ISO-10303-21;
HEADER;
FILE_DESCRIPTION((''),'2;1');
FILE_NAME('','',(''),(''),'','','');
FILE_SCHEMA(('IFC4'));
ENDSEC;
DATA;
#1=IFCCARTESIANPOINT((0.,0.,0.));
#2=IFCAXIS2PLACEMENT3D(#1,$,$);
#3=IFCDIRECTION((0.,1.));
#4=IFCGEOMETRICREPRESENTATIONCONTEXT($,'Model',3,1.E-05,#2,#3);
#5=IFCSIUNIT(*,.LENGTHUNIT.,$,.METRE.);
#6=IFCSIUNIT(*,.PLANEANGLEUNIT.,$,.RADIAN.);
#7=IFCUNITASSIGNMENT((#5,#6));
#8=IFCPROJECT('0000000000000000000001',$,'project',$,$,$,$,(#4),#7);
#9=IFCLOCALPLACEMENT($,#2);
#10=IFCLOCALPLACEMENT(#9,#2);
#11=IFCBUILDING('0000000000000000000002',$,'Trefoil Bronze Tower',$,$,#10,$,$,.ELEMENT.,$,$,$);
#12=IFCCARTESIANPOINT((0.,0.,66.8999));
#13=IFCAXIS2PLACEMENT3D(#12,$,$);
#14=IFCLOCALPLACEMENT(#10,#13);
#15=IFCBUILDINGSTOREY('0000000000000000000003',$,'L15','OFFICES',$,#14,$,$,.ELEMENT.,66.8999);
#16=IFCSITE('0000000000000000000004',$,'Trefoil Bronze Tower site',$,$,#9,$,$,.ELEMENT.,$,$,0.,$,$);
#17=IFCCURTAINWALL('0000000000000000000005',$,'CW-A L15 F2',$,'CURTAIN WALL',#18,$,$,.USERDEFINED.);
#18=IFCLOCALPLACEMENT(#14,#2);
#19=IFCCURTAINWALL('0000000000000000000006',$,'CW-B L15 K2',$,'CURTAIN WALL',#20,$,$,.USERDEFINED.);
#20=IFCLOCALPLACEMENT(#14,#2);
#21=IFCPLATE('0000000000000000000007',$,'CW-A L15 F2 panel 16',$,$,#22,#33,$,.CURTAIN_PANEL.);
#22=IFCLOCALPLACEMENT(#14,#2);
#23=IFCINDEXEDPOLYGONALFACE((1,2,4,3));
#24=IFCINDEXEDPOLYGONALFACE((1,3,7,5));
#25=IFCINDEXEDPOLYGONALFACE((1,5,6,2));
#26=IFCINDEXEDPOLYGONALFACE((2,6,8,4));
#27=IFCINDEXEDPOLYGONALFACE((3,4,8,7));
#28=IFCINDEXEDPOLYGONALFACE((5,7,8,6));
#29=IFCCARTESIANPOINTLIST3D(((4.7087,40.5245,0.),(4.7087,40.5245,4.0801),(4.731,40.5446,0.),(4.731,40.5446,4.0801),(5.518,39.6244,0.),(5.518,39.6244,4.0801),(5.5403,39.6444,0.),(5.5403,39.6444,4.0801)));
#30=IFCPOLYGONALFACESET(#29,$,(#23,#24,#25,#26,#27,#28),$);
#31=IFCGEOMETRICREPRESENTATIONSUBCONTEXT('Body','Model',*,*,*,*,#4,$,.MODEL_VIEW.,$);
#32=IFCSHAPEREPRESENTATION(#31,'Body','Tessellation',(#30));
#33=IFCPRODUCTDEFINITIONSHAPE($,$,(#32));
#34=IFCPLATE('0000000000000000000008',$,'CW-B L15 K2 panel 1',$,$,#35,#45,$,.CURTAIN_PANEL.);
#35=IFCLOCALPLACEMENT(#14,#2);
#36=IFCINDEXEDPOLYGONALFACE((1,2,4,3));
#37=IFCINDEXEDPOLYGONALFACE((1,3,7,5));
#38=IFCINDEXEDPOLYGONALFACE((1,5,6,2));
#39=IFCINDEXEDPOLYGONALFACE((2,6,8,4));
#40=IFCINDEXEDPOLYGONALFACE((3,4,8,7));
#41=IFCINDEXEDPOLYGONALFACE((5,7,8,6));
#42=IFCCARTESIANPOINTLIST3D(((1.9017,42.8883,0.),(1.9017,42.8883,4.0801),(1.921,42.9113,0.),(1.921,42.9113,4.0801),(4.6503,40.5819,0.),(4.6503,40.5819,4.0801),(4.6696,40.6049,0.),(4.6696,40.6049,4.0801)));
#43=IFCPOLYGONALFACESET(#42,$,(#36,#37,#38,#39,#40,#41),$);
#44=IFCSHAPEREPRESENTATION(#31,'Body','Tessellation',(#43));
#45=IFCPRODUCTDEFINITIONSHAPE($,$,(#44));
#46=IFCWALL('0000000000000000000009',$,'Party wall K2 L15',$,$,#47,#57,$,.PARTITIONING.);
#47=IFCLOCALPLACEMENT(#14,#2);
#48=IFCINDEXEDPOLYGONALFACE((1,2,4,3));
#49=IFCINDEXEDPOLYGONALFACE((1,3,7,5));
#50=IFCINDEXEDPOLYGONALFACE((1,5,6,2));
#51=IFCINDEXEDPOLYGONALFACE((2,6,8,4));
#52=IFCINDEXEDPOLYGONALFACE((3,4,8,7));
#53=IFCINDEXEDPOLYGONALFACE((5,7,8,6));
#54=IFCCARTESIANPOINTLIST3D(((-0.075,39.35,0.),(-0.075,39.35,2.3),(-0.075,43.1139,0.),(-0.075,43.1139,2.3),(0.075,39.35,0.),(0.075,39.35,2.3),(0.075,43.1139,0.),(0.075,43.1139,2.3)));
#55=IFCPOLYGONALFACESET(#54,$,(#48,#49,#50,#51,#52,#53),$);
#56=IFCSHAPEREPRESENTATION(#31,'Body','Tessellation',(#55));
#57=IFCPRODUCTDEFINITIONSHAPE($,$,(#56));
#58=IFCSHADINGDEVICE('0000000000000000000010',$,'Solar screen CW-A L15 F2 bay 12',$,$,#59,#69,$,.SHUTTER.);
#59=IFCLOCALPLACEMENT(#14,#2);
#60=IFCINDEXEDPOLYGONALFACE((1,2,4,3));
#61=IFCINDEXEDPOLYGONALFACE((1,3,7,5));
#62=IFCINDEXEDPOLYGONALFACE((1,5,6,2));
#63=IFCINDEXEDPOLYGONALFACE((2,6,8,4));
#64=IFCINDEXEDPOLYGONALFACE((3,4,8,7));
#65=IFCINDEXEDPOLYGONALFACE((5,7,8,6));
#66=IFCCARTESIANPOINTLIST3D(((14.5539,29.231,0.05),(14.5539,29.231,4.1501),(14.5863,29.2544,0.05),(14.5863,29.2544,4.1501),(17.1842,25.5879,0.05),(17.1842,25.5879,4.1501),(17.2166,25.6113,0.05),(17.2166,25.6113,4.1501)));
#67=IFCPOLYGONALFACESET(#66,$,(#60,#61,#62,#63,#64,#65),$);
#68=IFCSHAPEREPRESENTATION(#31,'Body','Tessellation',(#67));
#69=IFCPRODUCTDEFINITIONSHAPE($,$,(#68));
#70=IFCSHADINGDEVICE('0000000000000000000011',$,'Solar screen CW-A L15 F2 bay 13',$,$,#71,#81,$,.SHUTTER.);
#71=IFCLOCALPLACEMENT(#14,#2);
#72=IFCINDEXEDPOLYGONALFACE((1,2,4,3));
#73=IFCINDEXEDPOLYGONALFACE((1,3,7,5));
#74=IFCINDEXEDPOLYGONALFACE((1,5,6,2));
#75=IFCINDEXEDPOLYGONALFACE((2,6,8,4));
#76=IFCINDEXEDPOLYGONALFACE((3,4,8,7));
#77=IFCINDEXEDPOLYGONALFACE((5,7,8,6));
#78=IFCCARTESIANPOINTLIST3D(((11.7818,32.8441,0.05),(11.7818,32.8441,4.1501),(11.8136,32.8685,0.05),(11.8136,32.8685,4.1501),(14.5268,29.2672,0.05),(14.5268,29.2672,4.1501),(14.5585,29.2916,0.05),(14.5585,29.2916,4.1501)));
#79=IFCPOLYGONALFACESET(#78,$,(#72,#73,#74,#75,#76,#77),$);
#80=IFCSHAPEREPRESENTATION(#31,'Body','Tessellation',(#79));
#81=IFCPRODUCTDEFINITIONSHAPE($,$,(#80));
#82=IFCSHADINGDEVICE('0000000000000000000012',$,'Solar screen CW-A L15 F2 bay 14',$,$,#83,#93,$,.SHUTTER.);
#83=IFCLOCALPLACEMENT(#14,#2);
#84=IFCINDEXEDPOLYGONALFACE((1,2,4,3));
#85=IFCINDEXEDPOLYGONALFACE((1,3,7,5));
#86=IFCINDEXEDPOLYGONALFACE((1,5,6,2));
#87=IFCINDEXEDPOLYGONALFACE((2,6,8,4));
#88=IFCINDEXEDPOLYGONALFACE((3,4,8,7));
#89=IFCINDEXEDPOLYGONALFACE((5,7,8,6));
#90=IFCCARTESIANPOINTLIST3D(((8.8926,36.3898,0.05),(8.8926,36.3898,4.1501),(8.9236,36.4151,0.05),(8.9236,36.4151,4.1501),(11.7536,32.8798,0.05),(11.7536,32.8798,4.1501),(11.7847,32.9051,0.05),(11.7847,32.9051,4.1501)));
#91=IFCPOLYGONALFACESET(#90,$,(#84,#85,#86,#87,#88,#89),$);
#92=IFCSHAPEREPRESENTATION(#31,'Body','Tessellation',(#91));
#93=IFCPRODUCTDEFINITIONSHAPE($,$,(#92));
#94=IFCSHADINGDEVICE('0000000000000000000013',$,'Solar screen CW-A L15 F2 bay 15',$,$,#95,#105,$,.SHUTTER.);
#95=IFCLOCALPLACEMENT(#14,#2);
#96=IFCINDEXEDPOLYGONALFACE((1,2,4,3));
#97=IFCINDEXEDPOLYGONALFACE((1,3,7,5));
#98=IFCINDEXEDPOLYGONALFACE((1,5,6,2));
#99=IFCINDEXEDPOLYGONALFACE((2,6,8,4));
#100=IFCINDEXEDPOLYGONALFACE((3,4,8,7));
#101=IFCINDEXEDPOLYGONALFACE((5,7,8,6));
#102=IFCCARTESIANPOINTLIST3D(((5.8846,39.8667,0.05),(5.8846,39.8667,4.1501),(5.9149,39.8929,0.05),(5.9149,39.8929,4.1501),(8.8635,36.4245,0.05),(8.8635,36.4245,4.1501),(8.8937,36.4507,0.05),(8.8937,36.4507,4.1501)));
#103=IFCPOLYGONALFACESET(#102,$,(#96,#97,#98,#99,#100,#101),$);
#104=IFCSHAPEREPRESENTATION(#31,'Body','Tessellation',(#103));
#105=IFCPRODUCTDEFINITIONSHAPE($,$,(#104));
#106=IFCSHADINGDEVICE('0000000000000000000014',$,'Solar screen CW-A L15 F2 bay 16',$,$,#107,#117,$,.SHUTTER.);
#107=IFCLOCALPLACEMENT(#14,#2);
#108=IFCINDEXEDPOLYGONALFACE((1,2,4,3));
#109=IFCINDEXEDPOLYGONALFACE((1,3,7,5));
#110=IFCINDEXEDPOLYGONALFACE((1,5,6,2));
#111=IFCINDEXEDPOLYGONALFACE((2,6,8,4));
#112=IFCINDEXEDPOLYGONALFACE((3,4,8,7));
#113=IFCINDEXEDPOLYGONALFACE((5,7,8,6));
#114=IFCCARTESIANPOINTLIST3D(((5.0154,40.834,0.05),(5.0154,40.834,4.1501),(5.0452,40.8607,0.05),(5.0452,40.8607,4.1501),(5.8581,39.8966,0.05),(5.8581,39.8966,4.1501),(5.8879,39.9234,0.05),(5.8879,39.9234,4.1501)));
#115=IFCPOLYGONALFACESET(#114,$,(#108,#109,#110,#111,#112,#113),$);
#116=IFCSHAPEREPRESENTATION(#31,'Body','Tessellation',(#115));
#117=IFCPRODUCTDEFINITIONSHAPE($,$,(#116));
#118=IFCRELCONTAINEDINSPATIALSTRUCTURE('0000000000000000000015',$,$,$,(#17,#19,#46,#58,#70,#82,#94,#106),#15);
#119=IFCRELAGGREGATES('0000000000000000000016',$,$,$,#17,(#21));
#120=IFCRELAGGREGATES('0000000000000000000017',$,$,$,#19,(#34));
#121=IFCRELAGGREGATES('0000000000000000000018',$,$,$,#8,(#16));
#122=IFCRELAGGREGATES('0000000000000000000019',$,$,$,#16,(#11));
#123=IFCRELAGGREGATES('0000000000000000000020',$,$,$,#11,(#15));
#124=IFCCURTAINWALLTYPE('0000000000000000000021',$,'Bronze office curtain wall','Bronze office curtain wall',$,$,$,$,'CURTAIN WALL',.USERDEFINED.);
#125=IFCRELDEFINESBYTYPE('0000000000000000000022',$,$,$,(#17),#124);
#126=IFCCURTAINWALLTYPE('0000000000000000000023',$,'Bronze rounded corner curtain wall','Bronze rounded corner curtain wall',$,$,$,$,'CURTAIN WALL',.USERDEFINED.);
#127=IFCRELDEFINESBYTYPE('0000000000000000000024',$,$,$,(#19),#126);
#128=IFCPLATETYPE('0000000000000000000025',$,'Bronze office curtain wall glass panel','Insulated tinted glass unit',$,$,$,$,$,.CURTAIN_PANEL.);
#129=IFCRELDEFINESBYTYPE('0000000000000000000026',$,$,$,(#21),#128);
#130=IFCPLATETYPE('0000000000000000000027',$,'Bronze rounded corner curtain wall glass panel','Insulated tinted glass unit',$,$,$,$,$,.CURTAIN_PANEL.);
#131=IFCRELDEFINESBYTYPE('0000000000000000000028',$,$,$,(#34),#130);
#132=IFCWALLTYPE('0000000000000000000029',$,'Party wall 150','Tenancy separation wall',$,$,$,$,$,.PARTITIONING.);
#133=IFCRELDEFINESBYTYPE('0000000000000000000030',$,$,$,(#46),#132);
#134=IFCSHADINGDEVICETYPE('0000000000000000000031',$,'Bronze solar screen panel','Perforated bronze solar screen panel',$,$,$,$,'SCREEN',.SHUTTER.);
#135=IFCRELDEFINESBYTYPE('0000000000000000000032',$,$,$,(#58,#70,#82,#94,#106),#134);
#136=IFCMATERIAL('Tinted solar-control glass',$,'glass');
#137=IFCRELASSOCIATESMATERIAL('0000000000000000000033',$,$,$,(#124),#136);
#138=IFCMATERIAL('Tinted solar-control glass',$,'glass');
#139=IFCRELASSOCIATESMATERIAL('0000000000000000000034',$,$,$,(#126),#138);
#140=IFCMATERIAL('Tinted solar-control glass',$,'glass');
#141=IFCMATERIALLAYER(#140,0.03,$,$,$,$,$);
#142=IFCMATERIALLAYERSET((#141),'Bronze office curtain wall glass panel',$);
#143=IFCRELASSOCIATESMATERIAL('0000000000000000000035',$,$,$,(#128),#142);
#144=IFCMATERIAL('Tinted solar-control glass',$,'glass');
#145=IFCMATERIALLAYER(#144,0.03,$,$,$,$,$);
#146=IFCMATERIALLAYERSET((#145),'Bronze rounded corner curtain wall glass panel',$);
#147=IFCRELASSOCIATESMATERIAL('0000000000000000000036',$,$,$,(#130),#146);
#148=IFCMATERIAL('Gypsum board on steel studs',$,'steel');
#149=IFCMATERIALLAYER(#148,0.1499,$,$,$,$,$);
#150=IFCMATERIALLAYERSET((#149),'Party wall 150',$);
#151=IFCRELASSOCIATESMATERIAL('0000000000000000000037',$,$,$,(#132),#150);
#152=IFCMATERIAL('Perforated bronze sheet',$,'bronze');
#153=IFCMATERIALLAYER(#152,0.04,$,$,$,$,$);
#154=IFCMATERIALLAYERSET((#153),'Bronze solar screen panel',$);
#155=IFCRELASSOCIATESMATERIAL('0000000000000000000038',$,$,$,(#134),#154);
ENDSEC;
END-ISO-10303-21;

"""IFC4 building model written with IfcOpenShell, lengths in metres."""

from ifc_helpers import new_model, si_unit, direction, frame, frame_2d, origin, origin_2d, place, context, subcontext, project, spatial, rectangle, extrude, material, layer, layer_set, type_object, element, aggregate, save


model = new_model("IFC4")

# Units and contexts
model_context = context("Model", 3, precision=1e-05, world=origin(), true_north=direction((0.0, 1.0)))
body_context = subcontext(model_context, "Body", "Model", "MODEL_VIEW")
ifc_project = project(units=[si_unit("LENGTHUNIT", "METRE"), si_unit("PLANEANGLEUNIT", "RADIAN")], contexts=[model_context])

# Site, building, storey
site_placement = place(None, origin())
site = spatial("IfcSite", under=ifc_project, at=site_placement, Name="Trefoil Bronze Tower site", CompositionType="ELEMENT", RefElevation=0.0)
building_placement = place(site_placement, origin())
building = spatial("IfcBuilding", under=site, at=building_placement, Name="Trefoil Bronze Tower", CompositionType="ELEMENT")
storey_placement = place(building_placement, frame((0.0, 0.0, 66.8999)))
storey = spatial("IfcBuildingStorey", under=building, at=storey_placement, Name="L15", Description="OFFICES", CompositionType="ELEMENT", Elevation=66.8999)

# Curtain walls
ifc_material_1 = material(Name="Tinted solar-control glass", Category="glass")
curtain_wall_type_1 = type_object("IfcCurtainWallType", Name="Bronze office curtain wall", Description="Bronze office curtain wall", ElementType="CURTAIN WALL", PredefinedType="USERDEFINED", material=ifc_material_1)
curtain_wall_1_placement = place(storey_placement, origin())
curtain_wall_1 = element("IfcCurtainWall", 1, at=curtain_wall_1_placement, inside=storey, type_object=curtain_wall_type_1, Name="CW-A L15 F2", ObjectType="CURTAIN WALL", PredefinedType="USERDEFINED")
ifc_material_2 = material(Name="Tinted solar-control glass", Category="glass")
curtain_wall_type_2 = type_object("IfcCurtainWallType", Name="Bronze rounded corner curtain wall", Description="Bronze rounded corner curtain wall", ElementType="CURTAIN WALL", PredefinedType="USERDEFINED", material=ifc_material_2)
curtain_wall_2_placement = place(storey_placement, origin())
curtain_wall_2 = element("IfcCurtainWall", 2, at=curtain_wall_2_placement, inside=storey, type_object=curtain_wall_type_2, Name="CW-B L15 K2", ObjectType="CURTAIN WALL", PredefinedType="USERDEFINED")

# Plates
ifc_material_3 = material(Name="Tinted solar-control glass", Category="glass")
ifc_layer_1 = layer(ifc_material_3, 0.03)
ifc_layer_set_1 = layer_set([ifc_layer_1], Name="Bronze office curtain wall glass panel")
plate_type_1 = type_object("IfcPlateType", Name="Bronze office curtain wall glass panel", Description="Insulated tinted glass unit", PredefinedType="CURTAIN_PANEL", material=ifc_layer_set_1)
plate_1_placement = place(storey_placement, frame((5.1245, 40.0845, 0.0), z_axis=(0.0, 0.0, 1.0), x_axis=(-0.668575, 0.743645, 0.0)))
plate_1 = element("IfcPlate", 3, at=plate_1_placement, type_object=plate_type_1, Name="CW-A L15 F2 panel 16", PredefinedType="CURTAIN_PANEL", context=body_context, shape_type="SweptSolid", body=[
    extrude(rectangle(XDim=1.2104, YDim=0.03, at=origin_2d()), origin(), (0.0, 0.0, 1.0), 4.0801),
])
aggregate(curtain_wall_1, [plate_1])
ifc_material_4 = material(Name="Tinted solar-control glass", Category="glass")
ifc_layer_2 = layer(ifc_material_4, 0.03)
ifc_layer_set_2 = layer_set([ifc_layer_2], Name="Bronze rounded corner curtain wall glass panel")
plate_type_2 = type_object("IfcPlateType", Name="Bronze rounded corner curtain wall glass panel", Description="Insulated tinted glass unit", PredefinedType="CURTAIN_PANEL", material=ifc_layer_set_2)
plate_2_placement = place(storey_placement, frame((3.2856, 41.7466, 0.0), z_axis=(0.0, 0.0, 1.0), x_axis=(-0.766044, 0.642788, 0.0)))
plate_2 = element("IfcPlate", 4, at=plate_2_placement, type_object=plate_type_2, Name="CW-B L15 K2 panel 1", PredefinedType="CURTAIN_PANEL", context=body_context, shape_type="SweptSolid", body=[
    extrude(rectangle(XDim=3.5881, YDim=0.03, at=origin_2d()), origin(), (0.0, 0.0, 1.0), 4.0801),
])
aggregate(curtain_wall_2, [plate_2])

# Wall
ifc_material_5 = material(Name="Gypsum board on steel studs", Category="steel")
ifc_layer_3 = layer(ifc_material_5, 0.1499)
ifc_layer_set_3 = layer_set([ifc_layer_3], Name="Party wall 150")
wall_type = type_object("IfcWallType", Name="Party wall 150", Description="Tenancy separation wall", PredefinedType="PARTITIONING", material=ifc_layer_set_3)
wall_placement = place(storey_placement, frame((0.0, 39.3501, 0.0), z_axis=(0.0, 0.0, 1.0), x_axis=(0.0, 1.0, 0.0)))
element("IfcWall", 5, at=wall_placement, inside=storey, type_object=wall_type, Name="Party wall K2 L15", PredefinedType="PARTITIONING", context=body_context, shape_type="SweptSolid", body=[
    extrude(rectangle(XDim=3.7639, YDim=0.1499, at=frame_2d((1.8818, 0.0))), origin(), (0.0, 0.0, 1.0), 2.3),
])

# Shading devices
ifc_material_6 = material(Name="Perforated bronze sheet", Category="bronze")
ifc_layer_4 = layer(ifc_material_6, 0.04)
ifc_layer_set_4 = layer_set([ifc_layer_4], Name="Bronze solar screen panel")
shading_device_type = type_object("IfcShadingDeviceType", Name="Bronze solar screen panel", Description="Perforated bronze solar screen panel", ElementType="SCREEN", PredefinedType="SHUTTER", material=ifc_layer_set_4)
shading_device_1_placement = place(storey_placement, frame((15.8853, 27.4211, 0.05), z_axis=(0.0, 0.0, 1.0), x_axis=(-0.585373, 0.810764, 0.0)))
element("IfcShadingDevice", 6, at=shading_device_1_placement, inside=storey, type_object=shading_device_type, Name="Solar screen CW-A L15 F2 bay 12", PredefinedType="SHUTTER", context=body_context, shape_type="SweptSolid", body=[
    extrude(rectangle(XDim=4.4934, YDim=0.04, at=origin_2d()), origin(), (0.0, 0.0, 1.0), 4.1001),
])
shading_device_2_placement = place(storey_placement, frame((13.1702, 31.0679, 0.05), z_axis=(0.0, 0.0, 1.0), x_axis=(-0.608808, 0.793318, 0.0)))
element("IfcShadingDevice", 7, at=shading_device_2_placement, inside=storey, type_object=shading_device_type, Name="Solar screen CW-A L15 F2 bay 13", PredefinedType="SHUTTER", context=body_context, shape_type="SweptSolid", body=[
    extrude(rectangle(XDim=4.5088, YDim=0.04, at=origin_2d()), origin(), (0.0, 0.0, 1.0), 4.1001),
])
shading_device_3_placement = place(storey_placement, frame((10.3386, 34.6475, 0.05), z_axis=(0.0, 0.0, 1.0), x_axis=(-0.631811, 0.775123, 0.0)))
element("IfcShadingDevice", 8, at=shading_device_3_placement, inside=storey, type_object=shading_device_type, Name="Solar screen CW-A L15 F2 bay 14", PredefinedType="SHUTTER", context=body_context, shape_type="SweptSolid", body=[
    extrude(rectangle(XDim=4.5283, YDim=0.04, at=origin_2d()), origin(), (0.0, 0.0, 1.0), 4.1001),
])
shading_device_4_placement = place(storey_placement, frame((7.3892, 38.1587, 0.05), z_axis=(0.0, 0.0, 1.0), x_axis=(-0.654376, 0.756169, 0.0)))
element("IfcShadingDevice", 9, at=shading_device_4_placement, inside=storey, type_object=shading_device_type, Name="Solar screen CW-A L15 F2 bay 15", PredefinedType="SHUTTER", context=body_context, shape_type="SweptSolid", body=[
    extrude(rectangle(XDim=4.5522, YDim=0.04, at=origin_2d()), origin(), (0.0, 0.0, 1.0), 4.1001),
])
shading_device_5_placement = place(storey_placement, frame((5.4517, 40.3787, 0.05), z_axis=(0.0, 0.0, 1.0), x_axis=(-0.668575, 0.743645, 0.0)))
element("IfcShadingDevice", 10, at=shading_device_5_placement, inside=storey, type_object=shading_device_type, Name="Solar screen CW-A L15 F2 bay 16", PredefinedType="SHUTTER", context=body_context, shape_type="SweptSolid", body=[
    extrude(rectangle(XDim=1.2605, YDim=0.04, at=origin_2d()), origin(), (0.0, 0.0, 1.0), 4.1001),
])

save(model, "model.ifc")
